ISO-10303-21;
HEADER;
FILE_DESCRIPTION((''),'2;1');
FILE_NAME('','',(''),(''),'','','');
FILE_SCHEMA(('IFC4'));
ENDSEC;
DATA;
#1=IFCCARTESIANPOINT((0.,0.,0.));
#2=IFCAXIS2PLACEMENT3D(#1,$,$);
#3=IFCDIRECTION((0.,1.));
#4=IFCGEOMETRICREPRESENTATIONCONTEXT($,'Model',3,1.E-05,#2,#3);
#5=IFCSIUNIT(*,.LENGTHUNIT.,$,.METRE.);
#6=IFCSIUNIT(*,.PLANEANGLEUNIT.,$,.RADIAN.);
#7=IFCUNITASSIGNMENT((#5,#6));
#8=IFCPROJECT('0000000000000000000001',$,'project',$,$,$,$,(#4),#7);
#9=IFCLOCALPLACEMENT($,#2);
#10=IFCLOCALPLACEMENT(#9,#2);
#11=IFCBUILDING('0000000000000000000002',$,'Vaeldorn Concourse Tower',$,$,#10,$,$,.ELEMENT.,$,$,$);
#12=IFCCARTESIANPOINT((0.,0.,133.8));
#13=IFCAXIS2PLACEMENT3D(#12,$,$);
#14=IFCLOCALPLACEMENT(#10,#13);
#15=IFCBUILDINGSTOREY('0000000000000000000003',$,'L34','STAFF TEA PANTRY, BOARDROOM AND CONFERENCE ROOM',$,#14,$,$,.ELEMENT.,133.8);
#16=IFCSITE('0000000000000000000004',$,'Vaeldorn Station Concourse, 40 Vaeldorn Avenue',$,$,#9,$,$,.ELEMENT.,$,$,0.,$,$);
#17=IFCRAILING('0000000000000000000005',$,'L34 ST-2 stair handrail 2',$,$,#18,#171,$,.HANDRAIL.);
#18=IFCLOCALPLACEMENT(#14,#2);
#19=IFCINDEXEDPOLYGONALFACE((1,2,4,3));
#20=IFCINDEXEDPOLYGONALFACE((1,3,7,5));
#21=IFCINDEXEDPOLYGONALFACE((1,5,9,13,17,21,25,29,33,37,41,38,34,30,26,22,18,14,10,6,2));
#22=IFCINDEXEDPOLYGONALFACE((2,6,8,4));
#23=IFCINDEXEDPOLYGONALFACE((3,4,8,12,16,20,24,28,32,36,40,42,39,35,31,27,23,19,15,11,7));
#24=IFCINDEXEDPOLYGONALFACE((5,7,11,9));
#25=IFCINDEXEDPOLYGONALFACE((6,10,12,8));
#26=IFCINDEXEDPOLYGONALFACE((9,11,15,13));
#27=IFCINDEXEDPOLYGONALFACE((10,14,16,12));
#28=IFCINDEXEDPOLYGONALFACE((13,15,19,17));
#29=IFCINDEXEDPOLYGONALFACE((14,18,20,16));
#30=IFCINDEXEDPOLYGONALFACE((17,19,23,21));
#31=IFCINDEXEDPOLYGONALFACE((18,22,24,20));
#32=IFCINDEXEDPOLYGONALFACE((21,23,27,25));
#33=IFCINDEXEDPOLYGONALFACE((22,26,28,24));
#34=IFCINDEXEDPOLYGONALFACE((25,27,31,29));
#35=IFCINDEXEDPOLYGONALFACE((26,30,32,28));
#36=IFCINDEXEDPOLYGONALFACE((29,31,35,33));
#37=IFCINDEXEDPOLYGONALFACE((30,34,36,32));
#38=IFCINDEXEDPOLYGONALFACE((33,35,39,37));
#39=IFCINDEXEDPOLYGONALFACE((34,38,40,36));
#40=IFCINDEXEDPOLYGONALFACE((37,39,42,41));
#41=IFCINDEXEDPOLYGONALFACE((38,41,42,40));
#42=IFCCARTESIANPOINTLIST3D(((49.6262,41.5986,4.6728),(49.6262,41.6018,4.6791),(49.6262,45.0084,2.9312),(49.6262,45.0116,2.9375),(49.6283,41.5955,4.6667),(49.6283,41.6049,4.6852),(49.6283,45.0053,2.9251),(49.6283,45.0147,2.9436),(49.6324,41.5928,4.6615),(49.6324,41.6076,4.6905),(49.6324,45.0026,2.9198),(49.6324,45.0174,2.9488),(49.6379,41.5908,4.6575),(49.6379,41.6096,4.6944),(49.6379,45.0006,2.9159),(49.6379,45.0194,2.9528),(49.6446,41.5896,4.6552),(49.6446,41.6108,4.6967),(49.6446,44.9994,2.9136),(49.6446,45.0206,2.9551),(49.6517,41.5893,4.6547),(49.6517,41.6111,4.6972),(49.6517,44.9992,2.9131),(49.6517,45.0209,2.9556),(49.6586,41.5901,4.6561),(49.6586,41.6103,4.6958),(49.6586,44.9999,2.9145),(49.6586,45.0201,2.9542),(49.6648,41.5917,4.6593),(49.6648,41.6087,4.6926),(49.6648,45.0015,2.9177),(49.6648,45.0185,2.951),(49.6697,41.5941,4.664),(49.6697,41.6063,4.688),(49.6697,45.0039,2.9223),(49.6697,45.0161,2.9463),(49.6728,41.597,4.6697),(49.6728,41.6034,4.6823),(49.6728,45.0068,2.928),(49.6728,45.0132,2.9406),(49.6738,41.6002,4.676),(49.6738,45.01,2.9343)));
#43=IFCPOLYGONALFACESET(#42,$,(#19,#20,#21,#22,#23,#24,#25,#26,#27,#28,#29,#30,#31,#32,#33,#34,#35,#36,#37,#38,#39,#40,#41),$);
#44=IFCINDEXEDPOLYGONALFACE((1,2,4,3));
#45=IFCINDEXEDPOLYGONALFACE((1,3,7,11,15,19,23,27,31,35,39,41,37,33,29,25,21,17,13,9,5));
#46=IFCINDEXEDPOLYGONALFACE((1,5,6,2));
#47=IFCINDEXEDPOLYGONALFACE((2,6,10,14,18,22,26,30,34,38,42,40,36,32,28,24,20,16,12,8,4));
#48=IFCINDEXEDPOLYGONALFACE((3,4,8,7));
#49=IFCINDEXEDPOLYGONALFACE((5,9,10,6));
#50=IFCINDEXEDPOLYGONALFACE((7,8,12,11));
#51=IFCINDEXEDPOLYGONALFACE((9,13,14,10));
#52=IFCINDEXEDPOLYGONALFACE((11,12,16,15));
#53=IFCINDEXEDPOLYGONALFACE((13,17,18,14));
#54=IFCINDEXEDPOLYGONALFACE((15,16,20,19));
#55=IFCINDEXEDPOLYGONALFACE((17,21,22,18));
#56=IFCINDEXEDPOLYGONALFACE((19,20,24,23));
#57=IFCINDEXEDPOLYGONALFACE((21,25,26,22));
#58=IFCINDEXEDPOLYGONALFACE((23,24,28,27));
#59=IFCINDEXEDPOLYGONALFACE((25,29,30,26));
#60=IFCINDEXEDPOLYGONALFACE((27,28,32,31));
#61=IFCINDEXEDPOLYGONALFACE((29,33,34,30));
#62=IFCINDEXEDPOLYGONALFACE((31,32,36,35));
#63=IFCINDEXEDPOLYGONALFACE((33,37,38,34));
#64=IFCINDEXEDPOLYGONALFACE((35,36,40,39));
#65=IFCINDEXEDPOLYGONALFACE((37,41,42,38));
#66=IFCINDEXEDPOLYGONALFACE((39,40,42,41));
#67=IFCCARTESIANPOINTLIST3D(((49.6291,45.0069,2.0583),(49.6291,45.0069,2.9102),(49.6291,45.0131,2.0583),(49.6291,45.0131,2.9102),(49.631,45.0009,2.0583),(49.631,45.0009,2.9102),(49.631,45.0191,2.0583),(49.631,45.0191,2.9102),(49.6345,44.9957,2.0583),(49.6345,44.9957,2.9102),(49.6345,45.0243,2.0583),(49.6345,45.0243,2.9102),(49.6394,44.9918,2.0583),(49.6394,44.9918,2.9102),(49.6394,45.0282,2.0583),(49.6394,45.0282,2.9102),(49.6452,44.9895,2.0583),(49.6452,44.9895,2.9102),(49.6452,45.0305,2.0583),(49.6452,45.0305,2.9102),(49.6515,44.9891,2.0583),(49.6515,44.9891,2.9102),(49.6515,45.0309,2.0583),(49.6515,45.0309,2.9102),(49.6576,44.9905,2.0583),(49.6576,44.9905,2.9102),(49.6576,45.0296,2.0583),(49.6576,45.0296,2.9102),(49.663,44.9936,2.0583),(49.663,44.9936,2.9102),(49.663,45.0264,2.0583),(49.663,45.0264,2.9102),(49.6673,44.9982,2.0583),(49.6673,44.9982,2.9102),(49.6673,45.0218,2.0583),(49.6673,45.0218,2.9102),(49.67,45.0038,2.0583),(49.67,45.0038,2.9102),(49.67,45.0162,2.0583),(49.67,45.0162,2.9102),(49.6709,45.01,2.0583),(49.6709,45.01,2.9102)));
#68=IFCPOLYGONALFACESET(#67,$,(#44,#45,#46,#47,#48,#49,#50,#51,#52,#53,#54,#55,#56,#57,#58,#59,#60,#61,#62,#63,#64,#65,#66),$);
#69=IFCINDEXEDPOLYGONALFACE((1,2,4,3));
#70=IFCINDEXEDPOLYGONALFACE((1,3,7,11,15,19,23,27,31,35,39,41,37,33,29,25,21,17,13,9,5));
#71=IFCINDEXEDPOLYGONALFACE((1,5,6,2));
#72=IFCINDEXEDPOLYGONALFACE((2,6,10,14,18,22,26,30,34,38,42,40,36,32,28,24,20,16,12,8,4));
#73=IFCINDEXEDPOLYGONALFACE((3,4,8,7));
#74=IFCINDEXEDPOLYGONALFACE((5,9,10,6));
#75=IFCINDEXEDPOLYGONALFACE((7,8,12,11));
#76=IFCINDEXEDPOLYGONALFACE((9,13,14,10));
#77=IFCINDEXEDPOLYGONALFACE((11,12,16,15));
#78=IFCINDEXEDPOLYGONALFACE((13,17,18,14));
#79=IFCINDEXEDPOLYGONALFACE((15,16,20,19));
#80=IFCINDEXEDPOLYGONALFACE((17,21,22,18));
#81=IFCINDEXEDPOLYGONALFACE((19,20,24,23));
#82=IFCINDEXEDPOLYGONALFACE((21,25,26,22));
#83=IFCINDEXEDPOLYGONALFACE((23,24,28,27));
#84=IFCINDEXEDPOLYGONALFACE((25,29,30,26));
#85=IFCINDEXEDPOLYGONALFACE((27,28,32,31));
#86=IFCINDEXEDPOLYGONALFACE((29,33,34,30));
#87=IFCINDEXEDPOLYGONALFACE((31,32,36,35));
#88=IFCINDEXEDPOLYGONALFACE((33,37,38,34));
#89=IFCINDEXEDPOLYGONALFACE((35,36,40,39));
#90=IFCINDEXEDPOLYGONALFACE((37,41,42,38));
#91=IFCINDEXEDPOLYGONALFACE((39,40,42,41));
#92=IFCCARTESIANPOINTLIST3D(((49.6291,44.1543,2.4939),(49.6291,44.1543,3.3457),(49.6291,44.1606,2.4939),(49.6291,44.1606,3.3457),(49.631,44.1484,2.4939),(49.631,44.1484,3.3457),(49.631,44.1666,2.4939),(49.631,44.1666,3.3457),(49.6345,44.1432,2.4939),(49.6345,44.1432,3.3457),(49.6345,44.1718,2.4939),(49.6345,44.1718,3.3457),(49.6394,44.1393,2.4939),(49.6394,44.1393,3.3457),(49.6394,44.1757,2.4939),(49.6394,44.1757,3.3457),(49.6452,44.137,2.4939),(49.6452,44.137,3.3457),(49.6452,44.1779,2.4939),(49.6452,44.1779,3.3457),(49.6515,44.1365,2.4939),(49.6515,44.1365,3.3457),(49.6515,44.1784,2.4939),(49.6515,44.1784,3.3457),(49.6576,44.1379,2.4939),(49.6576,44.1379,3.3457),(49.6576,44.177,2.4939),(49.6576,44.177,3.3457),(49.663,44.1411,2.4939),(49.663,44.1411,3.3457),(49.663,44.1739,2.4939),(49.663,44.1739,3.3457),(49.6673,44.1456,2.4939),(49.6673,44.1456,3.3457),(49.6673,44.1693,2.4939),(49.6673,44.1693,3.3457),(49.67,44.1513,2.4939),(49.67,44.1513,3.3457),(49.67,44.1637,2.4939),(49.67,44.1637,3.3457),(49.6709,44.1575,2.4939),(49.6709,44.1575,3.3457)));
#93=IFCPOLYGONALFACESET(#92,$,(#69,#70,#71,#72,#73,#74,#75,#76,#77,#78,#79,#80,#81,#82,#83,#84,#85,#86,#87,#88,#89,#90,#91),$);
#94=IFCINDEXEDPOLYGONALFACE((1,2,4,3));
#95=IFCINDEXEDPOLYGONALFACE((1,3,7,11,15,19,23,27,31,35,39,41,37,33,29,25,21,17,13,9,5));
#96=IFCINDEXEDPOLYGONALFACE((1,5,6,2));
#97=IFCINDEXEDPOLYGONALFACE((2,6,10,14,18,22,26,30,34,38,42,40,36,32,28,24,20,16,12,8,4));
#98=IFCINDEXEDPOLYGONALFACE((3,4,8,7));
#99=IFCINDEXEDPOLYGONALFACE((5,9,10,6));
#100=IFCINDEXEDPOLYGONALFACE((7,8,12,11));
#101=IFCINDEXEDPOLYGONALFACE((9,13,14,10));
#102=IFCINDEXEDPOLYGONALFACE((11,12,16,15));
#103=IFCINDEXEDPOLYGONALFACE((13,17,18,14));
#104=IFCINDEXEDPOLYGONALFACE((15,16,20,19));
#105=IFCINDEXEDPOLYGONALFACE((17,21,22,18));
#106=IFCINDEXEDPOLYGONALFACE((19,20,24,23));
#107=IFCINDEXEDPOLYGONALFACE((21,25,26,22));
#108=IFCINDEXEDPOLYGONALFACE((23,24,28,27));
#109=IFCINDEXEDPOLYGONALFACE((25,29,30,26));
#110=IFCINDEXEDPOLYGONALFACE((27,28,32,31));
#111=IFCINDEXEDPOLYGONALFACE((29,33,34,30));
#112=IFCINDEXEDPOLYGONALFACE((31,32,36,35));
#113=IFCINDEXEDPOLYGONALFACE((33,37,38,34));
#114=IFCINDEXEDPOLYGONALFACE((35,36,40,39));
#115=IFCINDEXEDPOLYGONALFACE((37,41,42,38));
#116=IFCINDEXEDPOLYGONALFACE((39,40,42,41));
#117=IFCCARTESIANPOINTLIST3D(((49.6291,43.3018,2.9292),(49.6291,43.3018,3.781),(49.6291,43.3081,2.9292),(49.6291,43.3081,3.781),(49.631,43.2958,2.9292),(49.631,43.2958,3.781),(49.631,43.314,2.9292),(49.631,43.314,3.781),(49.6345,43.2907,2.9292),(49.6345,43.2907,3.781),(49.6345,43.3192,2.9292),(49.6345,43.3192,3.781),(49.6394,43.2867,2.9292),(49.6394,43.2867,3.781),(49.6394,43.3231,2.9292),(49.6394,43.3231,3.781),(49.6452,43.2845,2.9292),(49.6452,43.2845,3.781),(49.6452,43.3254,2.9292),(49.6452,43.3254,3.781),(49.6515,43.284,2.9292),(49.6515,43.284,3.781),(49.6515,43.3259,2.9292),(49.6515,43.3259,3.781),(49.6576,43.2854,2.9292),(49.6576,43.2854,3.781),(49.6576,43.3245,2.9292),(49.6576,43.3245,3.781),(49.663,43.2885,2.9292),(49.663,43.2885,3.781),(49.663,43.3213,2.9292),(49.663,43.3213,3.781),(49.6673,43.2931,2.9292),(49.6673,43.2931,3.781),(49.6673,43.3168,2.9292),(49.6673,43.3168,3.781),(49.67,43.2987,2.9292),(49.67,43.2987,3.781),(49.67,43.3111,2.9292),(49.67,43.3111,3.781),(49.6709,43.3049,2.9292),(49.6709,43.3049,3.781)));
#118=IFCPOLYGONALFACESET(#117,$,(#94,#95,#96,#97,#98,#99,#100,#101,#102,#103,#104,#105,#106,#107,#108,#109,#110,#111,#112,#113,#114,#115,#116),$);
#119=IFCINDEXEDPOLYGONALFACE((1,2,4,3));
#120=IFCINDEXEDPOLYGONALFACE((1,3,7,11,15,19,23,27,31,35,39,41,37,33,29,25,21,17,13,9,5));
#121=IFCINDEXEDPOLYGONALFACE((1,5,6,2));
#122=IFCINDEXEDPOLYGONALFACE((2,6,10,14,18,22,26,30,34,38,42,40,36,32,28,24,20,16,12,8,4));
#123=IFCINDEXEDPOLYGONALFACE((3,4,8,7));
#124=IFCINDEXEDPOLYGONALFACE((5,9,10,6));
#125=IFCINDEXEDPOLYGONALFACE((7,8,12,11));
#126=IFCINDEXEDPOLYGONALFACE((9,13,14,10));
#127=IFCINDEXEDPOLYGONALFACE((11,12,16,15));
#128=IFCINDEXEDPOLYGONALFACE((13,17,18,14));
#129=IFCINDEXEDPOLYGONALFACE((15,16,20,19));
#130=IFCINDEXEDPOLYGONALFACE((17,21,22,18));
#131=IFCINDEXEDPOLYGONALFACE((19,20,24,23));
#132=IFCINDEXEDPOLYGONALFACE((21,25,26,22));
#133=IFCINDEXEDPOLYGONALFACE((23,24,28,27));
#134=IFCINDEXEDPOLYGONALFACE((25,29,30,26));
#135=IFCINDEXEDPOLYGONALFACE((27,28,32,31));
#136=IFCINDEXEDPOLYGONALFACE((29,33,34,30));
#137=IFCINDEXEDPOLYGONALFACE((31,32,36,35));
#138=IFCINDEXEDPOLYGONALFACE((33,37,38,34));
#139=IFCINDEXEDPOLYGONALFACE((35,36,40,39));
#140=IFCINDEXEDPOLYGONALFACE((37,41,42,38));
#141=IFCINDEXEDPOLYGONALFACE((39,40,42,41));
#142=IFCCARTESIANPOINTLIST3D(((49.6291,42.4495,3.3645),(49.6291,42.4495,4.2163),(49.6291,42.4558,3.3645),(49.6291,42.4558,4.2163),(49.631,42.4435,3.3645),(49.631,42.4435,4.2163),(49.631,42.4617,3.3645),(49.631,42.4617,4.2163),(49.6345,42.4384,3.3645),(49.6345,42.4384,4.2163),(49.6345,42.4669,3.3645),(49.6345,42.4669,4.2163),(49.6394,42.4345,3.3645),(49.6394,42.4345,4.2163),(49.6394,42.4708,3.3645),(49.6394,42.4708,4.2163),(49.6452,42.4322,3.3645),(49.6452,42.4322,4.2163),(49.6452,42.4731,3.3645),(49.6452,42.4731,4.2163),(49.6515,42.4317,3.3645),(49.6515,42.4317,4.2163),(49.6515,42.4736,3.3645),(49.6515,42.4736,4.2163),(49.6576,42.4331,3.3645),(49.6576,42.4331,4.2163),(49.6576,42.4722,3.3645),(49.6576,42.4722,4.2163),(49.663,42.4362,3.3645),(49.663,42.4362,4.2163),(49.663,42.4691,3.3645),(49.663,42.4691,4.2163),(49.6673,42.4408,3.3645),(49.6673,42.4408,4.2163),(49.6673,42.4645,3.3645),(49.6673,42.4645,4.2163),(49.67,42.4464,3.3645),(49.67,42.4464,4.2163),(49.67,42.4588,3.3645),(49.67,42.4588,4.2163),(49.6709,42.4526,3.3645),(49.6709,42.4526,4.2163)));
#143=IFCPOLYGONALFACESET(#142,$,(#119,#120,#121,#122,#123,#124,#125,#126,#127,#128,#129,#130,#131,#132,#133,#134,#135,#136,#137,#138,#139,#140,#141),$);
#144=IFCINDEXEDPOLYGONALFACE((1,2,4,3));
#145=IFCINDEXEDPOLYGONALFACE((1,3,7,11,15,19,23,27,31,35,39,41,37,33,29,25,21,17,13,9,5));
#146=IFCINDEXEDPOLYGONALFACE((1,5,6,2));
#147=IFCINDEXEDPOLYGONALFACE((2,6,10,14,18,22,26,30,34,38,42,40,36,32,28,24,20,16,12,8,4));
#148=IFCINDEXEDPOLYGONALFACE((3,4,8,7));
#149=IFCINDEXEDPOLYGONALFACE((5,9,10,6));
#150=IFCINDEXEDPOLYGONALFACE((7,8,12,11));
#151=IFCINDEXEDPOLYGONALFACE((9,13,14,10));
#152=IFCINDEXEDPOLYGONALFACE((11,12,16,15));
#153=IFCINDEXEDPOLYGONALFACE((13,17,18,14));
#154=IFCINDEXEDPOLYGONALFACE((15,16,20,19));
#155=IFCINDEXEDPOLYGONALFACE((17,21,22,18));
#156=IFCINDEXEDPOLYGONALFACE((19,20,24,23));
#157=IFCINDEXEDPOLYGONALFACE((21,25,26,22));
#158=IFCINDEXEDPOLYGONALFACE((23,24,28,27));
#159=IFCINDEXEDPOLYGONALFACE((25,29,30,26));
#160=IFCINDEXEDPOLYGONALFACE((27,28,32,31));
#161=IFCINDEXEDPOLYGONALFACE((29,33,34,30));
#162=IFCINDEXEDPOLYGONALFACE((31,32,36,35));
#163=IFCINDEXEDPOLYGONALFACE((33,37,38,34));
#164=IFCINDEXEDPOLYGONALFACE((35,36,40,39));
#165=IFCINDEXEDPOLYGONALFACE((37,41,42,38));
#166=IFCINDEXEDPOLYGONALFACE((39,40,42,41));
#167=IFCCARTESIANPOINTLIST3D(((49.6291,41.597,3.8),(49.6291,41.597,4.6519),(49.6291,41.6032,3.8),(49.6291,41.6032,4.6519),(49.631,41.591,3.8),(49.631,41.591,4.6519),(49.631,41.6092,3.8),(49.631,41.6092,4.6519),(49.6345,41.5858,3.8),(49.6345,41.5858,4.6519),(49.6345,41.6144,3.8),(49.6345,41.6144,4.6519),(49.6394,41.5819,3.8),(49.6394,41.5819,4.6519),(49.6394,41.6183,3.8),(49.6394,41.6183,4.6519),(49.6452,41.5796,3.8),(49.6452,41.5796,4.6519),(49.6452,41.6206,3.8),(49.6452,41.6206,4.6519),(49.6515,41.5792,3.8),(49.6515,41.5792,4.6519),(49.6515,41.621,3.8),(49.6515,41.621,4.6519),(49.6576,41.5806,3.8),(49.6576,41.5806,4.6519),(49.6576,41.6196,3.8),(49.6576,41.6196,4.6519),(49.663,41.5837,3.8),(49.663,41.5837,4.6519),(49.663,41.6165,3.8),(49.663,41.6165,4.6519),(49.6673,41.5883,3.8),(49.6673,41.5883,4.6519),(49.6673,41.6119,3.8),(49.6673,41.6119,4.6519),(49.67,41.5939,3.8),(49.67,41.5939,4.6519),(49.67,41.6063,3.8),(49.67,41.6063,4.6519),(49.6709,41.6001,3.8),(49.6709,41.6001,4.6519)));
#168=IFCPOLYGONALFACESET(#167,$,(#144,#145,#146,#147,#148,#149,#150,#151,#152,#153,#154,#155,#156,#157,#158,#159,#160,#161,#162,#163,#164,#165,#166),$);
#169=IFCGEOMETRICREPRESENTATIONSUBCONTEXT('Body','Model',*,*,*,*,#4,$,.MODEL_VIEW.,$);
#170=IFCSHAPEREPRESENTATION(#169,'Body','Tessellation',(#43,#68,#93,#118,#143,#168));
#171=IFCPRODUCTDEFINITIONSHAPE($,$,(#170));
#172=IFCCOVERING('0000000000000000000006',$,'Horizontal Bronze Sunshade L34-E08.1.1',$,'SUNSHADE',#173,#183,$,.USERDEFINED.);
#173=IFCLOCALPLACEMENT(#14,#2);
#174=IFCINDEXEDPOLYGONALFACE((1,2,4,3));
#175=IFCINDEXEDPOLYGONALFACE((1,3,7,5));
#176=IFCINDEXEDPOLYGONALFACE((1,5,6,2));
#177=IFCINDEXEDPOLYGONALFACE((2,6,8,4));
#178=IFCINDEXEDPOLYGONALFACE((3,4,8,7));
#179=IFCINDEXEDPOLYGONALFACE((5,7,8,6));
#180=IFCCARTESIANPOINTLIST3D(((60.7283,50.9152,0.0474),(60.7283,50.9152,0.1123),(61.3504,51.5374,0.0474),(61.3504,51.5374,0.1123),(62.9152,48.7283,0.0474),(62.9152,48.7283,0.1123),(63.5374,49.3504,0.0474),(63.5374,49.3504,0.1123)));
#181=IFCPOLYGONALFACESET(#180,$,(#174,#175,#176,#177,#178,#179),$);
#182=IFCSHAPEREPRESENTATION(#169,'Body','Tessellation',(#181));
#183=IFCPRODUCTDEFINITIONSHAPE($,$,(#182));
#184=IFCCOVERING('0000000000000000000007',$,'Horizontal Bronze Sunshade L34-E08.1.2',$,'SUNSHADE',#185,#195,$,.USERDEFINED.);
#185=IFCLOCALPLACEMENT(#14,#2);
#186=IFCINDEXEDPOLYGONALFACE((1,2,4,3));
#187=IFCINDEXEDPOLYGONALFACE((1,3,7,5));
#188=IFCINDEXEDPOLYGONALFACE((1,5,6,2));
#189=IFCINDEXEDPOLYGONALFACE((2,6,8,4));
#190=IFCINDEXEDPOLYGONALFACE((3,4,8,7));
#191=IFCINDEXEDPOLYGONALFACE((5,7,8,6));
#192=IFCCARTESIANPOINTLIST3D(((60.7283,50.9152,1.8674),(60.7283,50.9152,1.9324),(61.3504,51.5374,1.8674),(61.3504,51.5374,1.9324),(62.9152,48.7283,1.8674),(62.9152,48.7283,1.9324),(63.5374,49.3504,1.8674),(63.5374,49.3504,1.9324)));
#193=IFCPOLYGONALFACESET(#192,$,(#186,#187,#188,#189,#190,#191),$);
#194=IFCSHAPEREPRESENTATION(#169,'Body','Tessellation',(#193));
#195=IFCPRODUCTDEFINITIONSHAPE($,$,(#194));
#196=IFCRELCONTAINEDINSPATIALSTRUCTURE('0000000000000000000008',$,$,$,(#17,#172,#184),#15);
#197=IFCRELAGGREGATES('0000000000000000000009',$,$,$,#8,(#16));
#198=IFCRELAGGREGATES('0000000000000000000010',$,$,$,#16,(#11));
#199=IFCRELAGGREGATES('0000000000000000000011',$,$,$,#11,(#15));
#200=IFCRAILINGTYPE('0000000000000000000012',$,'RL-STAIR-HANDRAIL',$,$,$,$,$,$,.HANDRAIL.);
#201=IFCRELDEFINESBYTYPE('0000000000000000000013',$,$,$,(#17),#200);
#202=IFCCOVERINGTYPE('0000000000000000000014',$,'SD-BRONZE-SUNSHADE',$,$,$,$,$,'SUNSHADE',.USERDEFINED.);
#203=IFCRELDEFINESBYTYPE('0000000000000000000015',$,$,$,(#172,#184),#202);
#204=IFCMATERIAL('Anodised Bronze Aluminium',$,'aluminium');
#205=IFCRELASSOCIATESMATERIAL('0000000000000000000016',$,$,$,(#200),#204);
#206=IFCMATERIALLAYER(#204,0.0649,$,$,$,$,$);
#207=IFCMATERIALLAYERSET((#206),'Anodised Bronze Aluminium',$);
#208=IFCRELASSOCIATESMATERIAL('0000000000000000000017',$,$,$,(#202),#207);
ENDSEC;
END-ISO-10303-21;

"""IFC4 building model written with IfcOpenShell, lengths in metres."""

from ifc_helpers import new_model, si_unit, direction, frame, origin, origin_2d, place, context, subcontext, project, spatial, rectangle, circle, extrude, source, transform, mapped, material, layer, layer_set, type_object, element, save


model = new_model("IFC4")

# Units and contexts
model_context = context("Model", 3, precision=1e-05, world=origin(), true_north=direction((0.0, 1.0)))
body_context = subcontext(model_context, "Body", "Model", "MODEL_VIEW")
ifc_project = project(units=[si_unit("LENGTHUNIT", "METRE"), si_unit("PLANEANGLEUNIT", "RADIAN")], contexts=[model_context])

# Site, building, storey
site_placement = place(None, origin())
site = spatial("IfcSite", under=ifc_project, at=site_placement, Name="Vaeldorn Station Concourse, 40 Vaeldorn Avenue", CompositionType="ELEMENT", RefElevation=0.0)
building_placement = place(site_placement, origin())
building = spatial("IfcBuilding", under=site, at=building_placement, Name="Vaeldorn Concourse Tower", CompositionType="ELEMENT")
storey_placement = place(building_placement, frame((0.0, 0.0, 133.8)))
storey = spatial("IfcBuildingStorey", under=building, at=storey_placement, Name="L34", Description="STAFF TEA PANTRY, BOARDROOM AND CONFERENCE ROOM", CompositionType="ELEMENT", Elevation=133.8)

# Shared definitions
ifc_material_1 = material(Name="Anodised Bronze Aluminium", Category="aluminium")

# Railing
railing_type_1 = type_object("IfcRailingType", Name="RL-STAIR-HANDRAIL", PredefinedType="HANDRAIL", material=ifc_material_1)
railing_1_placement = place(storey_placement, frame((49.6499, 45.01, 2.0583)))
element("IfcRailing", 1, at=railing_1_placement, inside=storey, type_object=railing_type_1, Name="L34 ST-2 stair handrail 2", PredefinedType="HANDRAIL", context=body_context, shape_type="SweptSolid", body=[
    extrude(circle(Radius=0.0239, at=origin_2d()), frame((0.0, 0.0, 0.876), z_axis=(0.0, -0.890556, 0.454874), x_axis=(1.0, 0.0, 0.0)), (0.0, 0.0, 1.0), 3.8289),
    extrude(circle(Radius=0.021, at=origin_2d()), origin(), (0.0, 0.0, 1.0), 0.8518),
    extrude(circle(Radius=0.021, at=origin_2d()), frame((0.0, -0.8525, 0.4355)), (0.0, 0.0, 1.0), 0.8518),
    extrude(circle(Radius=0.021, at=origin_2d()), frame((0.0, -1.7051, 0.8708)), (0.0, 0.0, 1.0), 0.8518),
    extrude(circle(Radius=0.021, at=origin_2d()), frame((0.0, -2.5574, 1.3062)), (0.0, 0.0, 1.0), 0.8518),
    extrude(circle(Radius=0.021, at=origin_2d()), frame((0.0, -3.4099, 1.7417)), (0.0, 0.0, 1.0), 0.8518),
])

# Coverings
ifc_layer_1 = layer(ifc_material_1, 0.0649)
ifc_layer_set_1 = layer_set([ifc_layer_1], Name="Anodised Bronze Aluminium")
covering_type = type_object("IfcCoveringType", Name="SD-BRONZE-SUNSHADE", ElementType="SUNSHADE", PredefinedType="USERDEFINED", material=ifc_layer_set_1)
shared_shape_1 = source(origin(), body_context, "Body", "SweptSolid", [
    extrude(rectangle(XDim=3.0928, YDim=0.8799, at=origin_2d()), origin(), (0.0, 0.0, 1.0), 0.0649),
])
for number, where, z_axis, x_axis, name in (
    (2, (62.1328, 50.1328, 0.0474), (0.0, 0.0, 1.0), (-0.707107, 0.707107, 0.0), "Horizontal Bronze Sunshade L34-E08.1.1"),
    (3, (62.1328, 50.1328, 1.8674), (0.0, 0.0, 1.0), (-0.707107, 0.707107, 0.0), "Horizontal Bronze Sunshade L34-E08.1.2"),
):
    element("IfcCovering", number, at=place(storey_placement, frame(where, z_axis=z_axis, x_axis=x_axis)), inside=storey, type_object=covering_type, Name=name, ObjectType="SUNSHADE", PredefinedType="USERDEFINED", context=body_context, shape_type="MappedRepresentation", body=[
        mapped(shared_shape_1, transform((0.0, 0.0, 0.0), scale=1.0)),
    ])

save(model, "model.ifc")
